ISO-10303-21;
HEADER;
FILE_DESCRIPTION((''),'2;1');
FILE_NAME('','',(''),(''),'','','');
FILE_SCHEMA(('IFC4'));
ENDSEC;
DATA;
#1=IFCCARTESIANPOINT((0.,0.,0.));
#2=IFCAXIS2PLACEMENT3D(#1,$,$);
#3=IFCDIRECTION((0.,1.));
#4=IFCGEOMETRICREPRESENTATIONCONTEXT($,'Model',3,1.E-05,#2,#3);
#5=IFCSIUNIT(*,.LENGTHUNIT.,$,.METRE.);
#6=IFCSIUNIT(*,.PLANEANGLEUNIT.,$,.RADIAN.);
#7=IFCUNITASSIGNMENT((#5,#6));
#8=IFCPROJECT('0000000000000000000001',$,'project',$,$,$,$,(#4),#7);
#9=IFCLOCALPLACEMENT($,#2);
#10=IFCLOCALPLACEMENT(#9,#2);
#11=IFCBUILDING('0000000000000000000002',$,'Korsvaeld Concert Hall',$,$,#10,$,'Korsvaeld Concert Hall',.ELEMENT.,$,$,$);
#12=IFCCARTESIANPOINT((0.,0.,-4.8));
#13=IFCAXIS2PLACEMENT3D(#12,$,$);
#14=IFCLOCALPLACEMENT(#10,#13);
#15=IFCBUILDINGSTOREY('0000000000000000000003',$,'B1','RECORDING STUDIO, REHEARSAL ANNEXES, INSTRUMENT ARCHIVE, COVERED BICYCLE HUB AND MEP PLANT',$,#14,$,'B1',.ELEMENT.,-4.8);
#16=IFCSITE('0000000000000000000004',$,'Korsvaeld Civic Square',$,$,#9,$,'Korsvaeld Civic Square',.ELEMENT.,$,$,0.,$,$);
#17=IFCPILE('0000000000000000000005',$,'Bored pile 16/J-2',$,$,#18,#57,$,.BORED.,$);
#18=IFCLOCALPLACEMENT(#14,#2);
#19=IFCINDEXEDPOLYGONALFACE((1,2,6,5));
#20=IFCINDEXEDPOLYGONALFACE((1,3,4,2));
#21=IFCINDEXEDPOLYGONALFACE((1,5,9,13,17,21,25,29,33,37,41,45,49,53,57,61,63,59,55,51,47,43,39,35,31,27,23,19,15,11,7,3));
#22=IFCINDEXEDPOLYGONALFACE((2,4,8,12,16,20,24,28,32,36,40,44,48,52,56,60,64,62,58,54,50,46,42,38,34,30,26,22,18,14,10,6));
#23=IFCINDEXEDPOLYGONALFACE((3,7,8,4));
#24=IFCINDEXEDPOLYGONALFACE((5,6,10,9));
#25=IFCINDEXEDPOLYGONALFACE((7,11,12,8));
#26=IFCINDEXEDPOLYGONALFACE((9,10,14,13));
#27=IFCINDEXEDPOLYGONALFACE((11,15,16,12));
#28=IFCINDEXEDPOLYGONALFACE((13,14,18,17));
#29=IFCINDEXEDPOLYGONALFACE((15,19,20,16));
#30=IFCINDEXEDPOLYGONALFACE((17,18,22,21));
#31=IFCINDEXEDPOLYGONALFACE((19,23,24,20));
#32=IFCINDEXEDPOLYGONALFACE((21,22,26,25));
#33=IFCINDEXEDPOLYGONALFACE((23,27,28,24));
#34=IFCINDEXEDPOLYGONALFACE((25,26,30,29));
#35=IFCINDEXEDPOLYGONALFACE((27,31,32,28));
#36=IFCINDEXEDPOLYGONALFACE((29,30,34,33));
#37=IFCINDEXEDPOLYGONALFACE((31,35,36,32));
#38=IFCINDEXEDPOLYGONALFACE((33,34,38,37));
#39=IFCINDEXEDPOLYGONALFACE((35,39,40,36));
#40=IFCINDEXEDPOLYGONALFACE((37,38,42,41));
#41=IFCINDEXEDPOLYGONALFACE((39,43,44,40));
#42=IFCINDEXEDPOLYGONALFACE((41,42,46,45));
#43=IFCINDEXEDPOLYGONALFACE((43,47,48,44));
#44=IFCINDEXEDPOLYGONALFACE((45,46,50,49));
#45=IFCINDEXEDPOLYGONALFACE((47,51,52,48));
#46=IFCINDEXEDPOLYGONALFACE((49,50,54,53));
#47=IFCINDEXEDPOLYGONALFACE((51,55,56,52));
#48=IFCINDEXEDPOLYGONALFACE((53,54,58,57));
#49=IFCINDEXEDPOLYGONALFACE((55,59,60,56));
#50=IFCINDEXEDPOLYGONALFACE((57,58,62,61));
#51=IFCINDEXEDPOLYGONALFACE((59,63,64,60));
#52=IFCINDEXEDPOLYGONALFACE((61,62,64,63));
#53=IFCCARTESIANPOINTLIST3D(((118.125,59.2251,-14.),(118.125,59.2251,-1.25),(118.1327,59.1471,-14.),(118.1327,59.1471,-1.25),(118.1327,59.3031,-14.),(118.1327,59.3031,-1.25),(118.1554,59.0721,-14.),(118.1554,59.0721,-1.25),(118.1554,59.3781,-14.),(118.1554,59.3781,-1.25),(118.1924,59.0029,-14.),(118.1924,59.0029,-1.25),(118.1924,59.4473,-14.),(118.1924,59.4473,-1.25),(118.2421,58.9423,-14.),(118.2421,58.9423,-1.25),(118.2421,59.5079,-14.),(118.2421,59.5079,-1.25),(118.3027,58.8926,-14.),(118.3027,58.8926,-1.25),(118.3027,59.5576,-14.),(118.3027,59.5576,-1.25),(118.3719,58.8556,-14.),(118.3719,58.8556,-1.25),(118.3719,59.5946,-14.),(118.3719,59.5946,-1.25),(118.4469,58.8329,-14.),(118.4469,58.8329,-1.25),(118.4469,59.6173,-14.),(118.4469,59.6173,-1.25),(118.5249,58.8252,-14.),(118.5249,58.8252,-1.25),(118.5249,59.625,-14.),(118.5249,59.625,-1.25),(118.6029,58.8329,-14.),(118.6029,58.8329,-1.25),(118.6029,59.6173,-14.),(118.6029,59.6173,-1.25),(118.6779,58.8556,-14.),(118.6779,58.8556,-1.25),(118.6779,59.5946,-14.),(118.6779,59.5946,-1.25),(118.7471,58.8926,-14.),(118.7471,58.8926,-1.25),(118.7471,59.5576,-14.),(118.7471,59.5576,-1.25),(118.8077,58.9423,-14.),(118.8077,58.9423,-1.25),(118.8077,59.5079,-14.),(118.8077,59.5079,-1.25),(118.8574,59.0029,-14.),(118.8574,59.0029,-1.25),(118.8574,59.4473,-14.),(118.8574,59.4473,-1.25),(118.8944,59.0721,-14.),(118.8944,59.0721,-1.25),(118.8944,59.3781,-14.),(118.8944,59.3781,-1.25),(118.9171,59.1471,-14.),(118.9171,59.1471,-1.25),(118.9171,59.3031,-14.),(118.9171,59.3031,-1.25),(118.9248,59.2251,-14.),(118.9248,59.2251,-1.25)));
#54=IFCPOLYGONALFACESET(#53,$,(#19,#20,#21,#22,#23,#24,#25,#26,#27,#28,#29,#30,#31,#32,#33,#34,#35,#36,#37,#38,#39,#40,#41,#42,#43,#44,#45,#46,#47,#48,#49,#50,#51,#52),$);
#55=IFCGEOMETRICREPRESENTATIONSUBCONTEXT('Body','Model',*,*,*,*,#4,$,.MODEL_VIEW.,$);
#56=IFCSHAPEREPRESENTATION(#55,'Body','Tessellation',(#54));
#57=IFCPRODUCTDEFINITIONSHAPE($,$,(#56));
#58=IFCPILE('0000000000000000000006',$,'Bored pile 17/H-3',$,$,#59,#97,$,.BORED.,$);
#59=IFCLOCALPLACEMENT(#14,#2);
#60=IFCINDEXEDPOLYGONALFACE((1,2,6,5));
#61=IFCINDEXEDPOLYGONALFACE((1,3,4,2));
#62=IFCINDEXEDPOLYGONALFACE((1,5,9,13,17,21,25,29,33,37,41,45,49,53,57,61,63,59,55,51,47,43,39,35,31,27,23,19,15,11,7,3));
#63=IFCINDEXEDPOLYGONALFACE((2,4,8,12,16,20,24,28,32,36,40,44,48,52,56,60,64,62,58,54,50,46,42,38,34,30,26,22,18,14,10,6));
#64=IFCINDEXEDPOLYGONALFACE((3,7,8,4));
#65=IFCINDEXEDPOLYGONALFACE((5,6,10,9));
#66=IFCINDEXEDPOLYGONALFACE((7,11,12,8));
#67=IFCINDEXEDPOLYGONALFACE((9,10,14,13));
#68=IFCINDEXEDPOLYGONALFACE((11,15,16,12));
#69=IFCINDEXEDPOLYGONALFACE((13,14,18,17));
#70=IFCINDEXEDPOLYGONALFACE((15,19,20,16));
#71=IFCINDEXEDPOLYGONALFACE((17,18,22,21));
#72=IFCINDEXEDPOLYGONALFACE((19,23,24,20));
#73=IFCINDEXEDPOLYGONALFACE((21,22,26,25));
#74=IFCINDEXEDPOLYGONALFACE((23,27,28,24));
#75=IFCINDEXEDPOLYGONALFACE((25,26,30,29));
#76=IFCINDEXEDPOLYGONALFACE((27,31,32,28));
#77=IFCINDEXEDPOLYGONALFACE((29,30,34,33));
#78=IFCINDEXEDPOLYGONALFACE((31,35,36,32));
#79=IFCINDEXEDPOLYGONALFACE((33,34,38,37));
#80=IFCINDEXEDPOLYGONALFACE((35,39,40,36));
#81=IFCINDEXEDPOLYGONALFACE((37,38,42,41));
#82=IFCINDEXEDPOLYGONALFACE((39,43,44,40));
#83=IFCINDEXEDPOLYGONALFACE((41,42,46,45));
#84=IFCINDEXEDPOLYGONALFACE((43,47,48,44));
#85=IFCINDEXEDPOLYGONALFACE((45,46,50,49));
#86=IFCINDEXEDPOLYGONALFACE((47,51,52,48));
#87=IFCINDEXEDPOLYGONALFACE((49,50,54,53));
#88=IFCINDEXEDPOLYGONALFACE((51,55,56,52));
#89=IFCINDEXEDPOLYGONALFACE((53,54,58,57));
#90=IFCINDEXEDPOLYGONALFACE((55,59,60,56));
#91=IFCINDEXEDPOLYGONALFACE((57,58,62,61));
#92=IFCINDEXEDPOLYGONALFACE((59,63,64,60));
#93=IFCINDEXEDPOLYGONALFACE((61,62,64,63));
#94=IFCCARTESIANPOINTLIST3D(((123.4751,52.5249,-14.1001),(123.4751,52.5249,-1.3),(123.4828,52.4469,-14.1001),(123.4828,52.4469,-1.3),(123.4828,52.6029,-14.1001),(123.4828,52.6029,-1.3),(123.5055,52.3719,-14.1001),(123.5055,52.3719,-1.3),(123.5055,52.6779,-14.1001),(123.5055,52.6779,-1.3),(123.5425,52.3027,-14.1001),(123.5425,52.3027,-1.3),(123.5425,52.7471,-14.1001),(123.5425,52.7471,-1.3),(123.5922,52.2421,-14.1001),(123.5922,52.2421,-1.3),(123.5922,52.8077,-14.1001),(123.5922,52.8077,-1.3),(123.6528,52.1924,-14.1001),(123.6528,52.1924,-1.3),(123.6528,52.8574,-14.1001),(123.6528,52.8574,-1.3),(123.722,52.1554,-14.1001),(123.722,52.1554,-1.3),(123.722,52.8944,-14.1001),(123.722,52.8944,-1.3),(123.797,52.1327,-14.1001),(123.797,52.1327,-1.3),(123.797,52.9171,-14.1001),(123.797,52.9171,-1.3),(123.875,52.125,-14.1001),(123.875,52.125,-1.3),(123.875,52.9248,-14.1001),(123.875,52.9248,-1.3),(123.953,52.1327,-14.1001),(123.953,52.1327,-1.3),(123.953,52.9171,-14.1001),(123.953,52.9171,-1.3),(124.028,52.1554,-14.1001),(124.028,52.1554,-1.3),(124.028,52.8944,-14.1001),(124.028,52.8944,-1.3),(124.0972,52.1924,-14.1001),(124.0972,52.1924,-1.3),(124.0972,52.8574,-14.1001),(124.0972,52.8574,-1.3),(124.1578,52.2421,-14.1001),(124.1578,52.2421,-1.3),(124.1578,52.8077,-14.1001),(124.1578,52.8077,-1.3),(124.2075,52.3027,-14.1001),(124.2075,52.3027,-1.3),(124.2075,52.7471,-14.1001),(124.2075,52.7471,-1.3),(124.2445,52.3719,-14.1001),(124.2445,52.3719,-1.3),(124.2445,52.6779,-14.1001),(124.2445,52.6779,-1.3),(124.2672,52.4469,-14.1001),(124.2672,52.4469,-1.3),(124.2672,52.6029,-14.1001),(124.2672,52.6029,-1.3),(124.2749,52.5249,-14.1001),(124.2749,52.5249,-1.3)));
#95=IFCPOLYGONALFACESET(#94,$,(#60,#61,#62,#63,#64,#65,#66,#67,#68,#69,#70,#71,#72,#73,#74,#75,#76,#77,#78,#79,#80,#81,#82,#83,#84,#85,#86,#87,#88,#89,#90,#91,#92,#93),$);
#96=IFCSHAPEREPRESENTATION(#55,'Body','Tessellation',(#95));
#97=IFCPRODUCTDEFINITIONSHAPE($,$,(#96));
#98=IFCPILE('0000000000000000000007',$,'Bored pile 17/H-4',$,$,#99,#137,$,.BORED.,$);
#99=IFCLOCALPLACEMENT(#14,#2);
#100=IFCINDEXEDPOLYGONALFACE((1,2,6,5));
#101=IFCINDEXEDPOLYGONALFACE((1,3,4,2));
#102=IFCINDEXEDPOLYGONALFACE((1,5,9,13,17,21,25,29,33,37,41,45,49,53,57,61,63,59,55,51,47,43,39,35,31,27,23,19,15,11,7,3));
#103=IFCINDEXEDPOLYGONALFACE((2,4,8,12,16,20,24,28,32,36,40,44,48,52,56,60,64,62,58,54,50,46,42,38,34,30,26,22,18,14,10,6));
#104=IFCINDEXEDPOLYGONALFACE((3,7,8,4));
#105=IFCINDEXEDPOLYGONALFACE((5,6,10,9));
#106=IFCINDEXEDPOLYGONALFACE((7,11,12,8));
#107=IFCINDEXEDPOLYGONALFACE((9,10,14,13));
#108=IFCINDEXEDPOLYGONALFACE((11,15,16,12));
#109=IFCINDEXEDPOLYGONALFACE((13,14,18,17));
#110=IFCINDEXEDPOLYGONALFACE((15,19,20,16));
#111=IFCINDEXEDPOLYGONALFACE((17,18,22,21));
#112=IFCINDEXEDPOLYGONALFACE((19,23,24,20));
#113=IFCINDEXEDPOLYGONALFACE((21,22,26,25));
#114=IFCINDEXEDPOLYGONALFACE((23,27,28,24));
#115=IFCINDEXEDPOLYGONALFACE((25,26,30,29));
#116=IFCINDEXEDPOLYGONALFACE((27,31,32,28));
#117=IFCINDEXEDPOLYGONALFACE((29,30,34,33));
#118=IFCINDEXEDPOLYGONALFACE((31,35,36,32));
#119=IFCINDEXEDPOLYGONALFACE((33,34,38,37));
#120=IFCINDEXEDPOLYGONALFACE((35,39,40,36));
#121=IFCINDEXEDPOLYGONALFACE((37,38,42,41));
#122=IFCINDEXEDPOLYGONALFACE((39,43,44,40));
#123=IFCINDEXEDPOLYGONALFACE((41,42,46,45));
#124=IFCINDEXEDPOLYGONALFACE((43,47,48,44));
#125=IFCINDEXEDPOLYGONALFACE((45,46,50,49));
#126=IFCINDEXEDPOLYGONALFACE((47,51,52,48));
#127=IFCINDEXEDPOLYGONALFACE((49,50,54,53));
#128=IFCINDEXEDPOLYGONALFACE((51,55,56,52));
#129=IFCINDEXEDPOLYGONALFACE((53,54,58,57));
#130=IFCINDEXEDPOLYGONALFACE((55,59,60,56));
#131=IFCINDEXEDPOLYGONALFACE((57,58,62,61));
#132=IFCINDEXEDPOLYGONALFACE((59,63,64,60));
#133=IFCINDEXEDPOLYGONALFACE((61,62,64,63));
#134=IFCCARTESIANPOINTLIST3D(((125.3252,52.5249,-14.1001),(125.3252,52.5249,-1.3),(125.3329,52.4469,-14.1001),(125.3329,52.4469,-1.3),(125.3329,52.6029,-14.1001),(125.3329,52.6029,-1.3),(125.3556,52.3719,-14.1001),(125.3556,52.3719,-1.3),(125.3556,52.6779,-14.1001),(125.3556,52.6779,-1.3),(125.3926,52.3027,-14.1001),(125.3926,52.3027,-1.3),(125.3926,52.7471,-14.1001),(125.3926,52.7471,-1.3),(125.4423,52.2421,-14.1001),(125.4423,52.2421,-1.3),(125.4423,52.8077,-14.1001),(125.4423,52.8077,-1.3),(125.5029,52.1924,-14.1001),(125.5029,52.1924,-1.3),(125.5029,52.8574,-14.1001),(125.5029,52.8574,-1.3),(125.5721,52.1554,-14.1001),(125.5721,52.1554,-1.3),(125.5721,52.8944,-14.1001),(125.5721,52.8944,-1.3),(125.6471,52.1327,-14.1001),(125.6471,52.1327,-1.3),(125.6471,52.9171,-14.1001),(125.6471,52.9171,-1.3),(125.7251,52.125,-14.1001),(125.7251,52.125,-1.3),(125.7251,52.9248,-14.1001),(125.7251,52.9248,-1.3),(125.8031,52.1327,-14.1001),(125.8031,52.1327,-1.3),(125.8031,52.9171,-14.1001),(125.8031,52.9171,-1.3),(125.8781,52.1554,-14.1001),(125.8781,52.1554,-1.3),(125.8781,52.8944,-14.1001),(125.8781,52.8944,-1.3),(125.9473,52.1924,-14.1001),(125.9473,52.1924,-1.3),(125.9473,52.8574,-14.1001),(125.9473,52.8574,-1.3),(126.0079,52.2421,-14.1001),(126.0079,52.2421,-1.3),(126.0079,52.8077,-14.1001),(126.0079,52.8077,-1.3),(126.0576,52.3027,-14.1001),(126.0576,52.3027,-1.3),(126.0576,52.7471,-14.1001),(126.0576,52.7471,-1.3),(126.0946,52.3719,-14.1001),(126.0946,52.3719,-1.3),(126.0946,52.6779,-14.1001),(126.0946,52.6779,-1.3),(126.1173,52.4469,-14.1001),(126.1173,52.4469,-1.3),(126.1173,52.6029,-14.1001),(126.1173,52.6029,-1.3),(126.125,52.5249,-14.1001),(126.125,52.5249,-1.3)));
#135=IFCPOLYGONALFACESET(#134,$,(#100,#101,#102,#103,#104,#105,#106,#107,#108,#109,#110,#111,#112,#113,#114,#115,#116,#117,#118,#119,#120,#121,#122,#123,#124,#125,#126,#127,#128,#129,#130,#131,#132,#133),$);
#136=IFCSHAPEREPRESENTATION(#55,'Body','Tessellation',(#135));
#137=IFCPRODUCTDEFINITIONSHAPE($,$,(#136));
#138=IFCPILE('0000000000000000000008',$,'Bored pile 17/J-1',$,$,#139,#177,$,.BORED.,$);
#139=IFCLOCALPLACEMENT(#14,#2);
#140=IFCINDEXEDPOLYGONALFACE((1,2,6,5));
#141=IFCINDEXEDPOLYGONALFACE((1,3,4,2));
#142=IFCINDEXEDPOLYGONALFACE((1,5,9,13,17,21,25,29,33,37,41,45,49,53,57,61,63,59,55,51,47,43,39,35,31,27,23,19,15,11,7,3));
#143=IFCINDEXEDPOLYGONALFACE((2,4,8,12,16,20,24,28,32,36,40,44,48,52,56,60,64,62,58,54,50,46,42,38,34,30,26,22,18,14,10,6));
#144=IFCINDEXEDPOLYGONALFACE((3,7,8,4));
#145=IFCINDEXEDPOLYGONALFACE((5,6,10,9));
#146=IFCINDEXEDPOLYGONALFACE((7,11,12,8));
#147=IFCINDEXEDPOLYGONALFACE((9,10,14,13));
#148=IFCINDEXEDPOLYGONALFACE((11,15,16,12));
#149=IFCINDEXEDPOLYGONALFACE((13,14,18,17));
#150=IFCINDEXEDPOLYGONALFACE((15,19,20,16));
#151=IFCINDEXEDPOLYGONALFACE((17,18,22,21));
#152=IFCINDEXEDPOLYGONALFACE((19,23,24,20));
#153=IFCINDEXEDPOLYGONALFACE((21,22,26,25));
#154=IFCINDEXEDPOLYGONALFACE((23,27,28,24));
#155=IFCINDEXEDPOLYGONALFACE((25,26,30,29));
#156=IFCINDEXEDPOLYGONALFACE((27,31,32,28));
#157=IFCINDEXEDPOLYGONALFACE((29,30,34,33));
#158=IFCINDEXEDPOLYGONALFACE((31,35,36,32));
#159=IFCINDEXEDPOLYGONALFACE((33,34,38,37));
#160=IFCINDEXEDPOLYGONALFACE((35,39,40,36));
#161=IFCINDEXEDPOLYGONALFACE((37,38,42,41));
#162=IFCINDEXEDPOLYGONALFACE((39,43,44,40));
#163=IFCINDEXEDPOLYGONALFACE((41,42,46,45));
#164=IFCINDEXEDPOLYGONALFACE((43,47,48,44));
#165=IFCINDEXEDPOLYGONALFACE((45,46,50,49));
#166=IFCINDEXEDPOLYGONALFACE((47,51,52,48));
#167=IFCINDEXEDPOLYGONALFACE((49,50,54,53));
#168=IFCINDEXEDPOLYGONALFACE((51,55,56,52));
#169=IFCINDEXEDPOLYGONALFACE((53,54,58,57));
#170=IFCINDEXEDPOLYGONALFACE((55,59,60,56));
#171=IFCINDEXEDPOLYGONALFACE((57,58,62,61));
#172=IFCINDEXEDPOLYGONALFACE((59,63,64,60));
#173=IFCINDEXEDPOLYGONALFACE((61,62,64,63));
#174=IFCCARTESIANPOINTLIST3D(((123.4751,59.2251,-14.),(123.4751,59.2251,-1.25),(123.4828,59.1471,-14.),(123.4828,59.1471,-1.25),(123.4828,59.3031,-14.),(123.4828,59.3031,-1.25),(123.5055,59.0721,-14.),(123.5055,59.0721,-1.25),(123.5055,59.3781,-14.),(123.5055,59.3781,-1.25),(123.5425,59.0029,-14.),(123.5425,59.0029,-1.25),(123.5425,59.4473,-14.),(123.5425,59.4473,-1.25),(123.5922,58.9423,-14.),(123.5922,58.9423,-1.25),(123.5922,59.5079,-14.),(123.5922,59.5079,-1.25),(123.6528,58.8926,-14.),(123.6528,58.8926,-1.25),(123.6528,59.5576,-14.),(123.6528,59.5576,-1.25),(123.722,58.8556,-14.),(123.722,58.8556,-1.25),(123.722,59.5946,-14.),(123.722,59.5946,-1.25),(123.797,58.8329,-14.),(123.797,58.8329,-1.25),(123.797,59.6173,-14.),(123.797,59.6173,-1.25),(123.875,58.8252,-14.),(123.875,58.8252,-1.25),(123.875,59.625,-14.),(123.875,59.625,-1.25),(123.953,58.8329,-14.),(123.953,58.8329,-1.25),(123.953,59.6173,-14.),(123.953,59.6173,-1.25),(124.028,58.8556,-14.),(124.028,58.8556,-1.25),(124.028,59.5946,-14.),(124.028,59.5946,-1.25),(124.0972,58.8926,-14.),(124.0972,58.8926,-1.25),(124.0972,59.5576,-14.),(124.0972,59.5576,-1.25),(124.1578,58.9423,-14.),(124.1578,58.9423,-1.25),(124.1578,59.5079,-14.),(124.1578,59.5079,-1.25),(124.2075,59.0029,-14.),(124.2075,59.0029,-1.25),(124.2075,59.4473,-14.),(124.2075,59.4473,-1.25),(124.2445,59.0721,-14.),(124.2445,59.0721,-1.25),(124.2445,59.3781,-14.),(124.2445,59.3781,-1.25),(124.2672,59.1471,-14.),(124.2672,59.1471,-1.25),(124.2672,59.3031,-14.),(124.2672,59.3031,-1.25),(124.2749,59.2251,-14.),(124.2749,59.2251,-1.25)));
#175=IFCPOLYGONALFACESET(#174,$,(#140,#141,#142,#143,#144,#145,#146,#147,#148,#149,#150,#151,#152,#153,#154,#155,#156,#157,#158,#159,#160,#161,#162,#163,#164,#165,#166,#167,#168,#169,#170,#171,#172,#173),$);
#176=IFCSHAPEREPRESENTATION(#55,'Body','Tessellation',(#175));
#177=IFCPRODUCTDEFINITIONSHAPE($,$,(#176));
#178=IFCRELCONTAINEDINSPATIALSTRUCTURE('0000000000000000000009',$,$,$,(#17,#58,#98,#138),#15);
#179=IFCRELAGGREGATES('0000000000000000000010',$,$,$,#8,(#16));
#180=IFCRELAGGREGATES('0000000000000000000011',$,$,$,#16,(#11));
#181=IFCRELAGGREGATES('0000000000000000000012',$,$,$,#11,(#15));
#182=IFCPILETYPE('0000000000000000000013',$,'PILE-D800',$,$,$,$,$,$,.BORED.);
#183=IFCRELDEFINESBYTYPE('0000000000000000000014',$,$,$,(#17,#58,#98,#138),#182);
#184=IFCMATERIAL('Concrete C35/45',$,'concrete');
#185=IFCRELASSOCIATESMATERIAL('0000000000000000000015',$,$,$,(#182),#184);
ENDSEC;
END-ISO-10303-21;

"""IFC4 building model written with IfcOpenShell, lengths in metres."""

from ifc_helpers import new_model, si_unit, direction, frame, origin, origin_2d, place, context, subcontext, project, spatial, circle, extrude, material, material_profile, profile_set, type_object, element, save


model = new_model("IFC4")

# Units and contexts
model_context = context("Model", 3, precision=1e-05, world=origin(), true_north=direction((0.0, 1.0)))
body_context = subcontext(model_context, "Body", "Model", "MODEL_VIEW")
ifc_project = project(units=[si_unit("LENGTHUNIT", "METRE"), si_unit("PLANEANGLEUNIT", "RADIAN")], contexts=[model_context])

# Site, building, storey
site_placement = place(None, origin())
site = spatial("IfcSite", under=ifc_project, at=site_placement, Name="Korsvaeld Civic Square", LongName="Korsvaeld Civic Square", CompositionType="ELEMENT", RefElevation=0.0)
building_placement = place(site_placement, origin())
building = spatial("IfcBuilding", under=site, at=building_placement, Name="Korsvaeld Concert Hall", LongName="Korsvaeld Concert Hall", CompositionType="ELEMENT")
storey_placement = place(building_placement, frame((0.0, 0.0, -4.8)))
storey = spatial("IfcBuildingStorey", under=building, at=storey_placement, Name="B1", Description="RECORDING STUDIO, REHEARSAL ANNEXES, INSTRUMENT ARCHIVE, COVERED BICYCLE HUB AND MEP PLANT", LongName="B1", CompositionType="ELEMENT", Elevation=-4.8)

# Shared definitions
ifc_material_1 = material(Name="Concrete C35/45", Category="concrete")

# Piles
ifc_material_profile_1 = material_profile(ifc_material_1, circle(Radius=0.3999, at=origin_2d()), Name="BORED PILE D800")
ifc_profile_set_1 = profile_set([ifc_material_profile_1], Name="Concrete C35/45")
pile_type = type_object("IfcPileType", Name="PILE-D800", PredefinedType="BORED", material=ifc_profile_set_1)
for number, where, z_axis, x_axis, name in (
    (1, (118.5249, 59.2251, -1.25), (0.0, 0.0, -1.0), (1.0, 0.0, 0.0), "Bored pile 16/J-2"),
):
    element("IfcPile", number, at=place(storey_placement, frame(where, z_axis=z_axis, x_axis=x_axis)), inside=storey, type_object=pile_type, Name=name, PredefinedType="BORED", context=body_context, shape_type="SweptSolid", body=[
        extrude(circle(Radius=0.3999, at=origin_2d()), origin(), (0.0, 0.0, 1.0), 12.75),
    ])
for number, where, z_axis, x_axis, name in (
    (2, (123.875, 52.5249, -1.3), (0.0, 0.0, -1.0), (1.0, 0.0, 0.0), "Bored pile 17/H-3"),
    (3, (125.7251, 52.5249, -1.3), (0.0, 0.0, -1.0), (1.0, 0.0, 0.0), "Bored pile 17/H-4"),
):
    element("IfcPile", number, at=place(storey_placement, frame(where, z_axis=z_axis, x_axis=x_axis)), inside=storey, type_object=pile_type, Name=name, PredefinedType="BORED", context=body_context, shape_type="SweptSolid", body=[
        extrude(circle(Radius=0.3999, at=origin_2d()), origin(), (0.0, 0.0, 1.0), 12.8),
    ])
for number, where, z_axis, x_axis, name in (
    (4, (123.875, 59.2251, -1.25), (0.0, 0.0, -1.0), (1.0, 0.0, 0.0), "Bored pile 17/J-1"),
):
    element("IfcPile", number, at=place(storey_placement, frame(where, z_axis=z_axis, x_axis=x_axis)), inside=storey, type_object=pile_type, Name=name, PredefinedType="BORED", context=body_context, shape_type="SweptSolid", body=[
        extrude(circle(Radius=0.3999, at=origin_2d()), origin(), (0.0, 0.0, 1.0), 12.75),
    ])

save(model, "model.ifc")
